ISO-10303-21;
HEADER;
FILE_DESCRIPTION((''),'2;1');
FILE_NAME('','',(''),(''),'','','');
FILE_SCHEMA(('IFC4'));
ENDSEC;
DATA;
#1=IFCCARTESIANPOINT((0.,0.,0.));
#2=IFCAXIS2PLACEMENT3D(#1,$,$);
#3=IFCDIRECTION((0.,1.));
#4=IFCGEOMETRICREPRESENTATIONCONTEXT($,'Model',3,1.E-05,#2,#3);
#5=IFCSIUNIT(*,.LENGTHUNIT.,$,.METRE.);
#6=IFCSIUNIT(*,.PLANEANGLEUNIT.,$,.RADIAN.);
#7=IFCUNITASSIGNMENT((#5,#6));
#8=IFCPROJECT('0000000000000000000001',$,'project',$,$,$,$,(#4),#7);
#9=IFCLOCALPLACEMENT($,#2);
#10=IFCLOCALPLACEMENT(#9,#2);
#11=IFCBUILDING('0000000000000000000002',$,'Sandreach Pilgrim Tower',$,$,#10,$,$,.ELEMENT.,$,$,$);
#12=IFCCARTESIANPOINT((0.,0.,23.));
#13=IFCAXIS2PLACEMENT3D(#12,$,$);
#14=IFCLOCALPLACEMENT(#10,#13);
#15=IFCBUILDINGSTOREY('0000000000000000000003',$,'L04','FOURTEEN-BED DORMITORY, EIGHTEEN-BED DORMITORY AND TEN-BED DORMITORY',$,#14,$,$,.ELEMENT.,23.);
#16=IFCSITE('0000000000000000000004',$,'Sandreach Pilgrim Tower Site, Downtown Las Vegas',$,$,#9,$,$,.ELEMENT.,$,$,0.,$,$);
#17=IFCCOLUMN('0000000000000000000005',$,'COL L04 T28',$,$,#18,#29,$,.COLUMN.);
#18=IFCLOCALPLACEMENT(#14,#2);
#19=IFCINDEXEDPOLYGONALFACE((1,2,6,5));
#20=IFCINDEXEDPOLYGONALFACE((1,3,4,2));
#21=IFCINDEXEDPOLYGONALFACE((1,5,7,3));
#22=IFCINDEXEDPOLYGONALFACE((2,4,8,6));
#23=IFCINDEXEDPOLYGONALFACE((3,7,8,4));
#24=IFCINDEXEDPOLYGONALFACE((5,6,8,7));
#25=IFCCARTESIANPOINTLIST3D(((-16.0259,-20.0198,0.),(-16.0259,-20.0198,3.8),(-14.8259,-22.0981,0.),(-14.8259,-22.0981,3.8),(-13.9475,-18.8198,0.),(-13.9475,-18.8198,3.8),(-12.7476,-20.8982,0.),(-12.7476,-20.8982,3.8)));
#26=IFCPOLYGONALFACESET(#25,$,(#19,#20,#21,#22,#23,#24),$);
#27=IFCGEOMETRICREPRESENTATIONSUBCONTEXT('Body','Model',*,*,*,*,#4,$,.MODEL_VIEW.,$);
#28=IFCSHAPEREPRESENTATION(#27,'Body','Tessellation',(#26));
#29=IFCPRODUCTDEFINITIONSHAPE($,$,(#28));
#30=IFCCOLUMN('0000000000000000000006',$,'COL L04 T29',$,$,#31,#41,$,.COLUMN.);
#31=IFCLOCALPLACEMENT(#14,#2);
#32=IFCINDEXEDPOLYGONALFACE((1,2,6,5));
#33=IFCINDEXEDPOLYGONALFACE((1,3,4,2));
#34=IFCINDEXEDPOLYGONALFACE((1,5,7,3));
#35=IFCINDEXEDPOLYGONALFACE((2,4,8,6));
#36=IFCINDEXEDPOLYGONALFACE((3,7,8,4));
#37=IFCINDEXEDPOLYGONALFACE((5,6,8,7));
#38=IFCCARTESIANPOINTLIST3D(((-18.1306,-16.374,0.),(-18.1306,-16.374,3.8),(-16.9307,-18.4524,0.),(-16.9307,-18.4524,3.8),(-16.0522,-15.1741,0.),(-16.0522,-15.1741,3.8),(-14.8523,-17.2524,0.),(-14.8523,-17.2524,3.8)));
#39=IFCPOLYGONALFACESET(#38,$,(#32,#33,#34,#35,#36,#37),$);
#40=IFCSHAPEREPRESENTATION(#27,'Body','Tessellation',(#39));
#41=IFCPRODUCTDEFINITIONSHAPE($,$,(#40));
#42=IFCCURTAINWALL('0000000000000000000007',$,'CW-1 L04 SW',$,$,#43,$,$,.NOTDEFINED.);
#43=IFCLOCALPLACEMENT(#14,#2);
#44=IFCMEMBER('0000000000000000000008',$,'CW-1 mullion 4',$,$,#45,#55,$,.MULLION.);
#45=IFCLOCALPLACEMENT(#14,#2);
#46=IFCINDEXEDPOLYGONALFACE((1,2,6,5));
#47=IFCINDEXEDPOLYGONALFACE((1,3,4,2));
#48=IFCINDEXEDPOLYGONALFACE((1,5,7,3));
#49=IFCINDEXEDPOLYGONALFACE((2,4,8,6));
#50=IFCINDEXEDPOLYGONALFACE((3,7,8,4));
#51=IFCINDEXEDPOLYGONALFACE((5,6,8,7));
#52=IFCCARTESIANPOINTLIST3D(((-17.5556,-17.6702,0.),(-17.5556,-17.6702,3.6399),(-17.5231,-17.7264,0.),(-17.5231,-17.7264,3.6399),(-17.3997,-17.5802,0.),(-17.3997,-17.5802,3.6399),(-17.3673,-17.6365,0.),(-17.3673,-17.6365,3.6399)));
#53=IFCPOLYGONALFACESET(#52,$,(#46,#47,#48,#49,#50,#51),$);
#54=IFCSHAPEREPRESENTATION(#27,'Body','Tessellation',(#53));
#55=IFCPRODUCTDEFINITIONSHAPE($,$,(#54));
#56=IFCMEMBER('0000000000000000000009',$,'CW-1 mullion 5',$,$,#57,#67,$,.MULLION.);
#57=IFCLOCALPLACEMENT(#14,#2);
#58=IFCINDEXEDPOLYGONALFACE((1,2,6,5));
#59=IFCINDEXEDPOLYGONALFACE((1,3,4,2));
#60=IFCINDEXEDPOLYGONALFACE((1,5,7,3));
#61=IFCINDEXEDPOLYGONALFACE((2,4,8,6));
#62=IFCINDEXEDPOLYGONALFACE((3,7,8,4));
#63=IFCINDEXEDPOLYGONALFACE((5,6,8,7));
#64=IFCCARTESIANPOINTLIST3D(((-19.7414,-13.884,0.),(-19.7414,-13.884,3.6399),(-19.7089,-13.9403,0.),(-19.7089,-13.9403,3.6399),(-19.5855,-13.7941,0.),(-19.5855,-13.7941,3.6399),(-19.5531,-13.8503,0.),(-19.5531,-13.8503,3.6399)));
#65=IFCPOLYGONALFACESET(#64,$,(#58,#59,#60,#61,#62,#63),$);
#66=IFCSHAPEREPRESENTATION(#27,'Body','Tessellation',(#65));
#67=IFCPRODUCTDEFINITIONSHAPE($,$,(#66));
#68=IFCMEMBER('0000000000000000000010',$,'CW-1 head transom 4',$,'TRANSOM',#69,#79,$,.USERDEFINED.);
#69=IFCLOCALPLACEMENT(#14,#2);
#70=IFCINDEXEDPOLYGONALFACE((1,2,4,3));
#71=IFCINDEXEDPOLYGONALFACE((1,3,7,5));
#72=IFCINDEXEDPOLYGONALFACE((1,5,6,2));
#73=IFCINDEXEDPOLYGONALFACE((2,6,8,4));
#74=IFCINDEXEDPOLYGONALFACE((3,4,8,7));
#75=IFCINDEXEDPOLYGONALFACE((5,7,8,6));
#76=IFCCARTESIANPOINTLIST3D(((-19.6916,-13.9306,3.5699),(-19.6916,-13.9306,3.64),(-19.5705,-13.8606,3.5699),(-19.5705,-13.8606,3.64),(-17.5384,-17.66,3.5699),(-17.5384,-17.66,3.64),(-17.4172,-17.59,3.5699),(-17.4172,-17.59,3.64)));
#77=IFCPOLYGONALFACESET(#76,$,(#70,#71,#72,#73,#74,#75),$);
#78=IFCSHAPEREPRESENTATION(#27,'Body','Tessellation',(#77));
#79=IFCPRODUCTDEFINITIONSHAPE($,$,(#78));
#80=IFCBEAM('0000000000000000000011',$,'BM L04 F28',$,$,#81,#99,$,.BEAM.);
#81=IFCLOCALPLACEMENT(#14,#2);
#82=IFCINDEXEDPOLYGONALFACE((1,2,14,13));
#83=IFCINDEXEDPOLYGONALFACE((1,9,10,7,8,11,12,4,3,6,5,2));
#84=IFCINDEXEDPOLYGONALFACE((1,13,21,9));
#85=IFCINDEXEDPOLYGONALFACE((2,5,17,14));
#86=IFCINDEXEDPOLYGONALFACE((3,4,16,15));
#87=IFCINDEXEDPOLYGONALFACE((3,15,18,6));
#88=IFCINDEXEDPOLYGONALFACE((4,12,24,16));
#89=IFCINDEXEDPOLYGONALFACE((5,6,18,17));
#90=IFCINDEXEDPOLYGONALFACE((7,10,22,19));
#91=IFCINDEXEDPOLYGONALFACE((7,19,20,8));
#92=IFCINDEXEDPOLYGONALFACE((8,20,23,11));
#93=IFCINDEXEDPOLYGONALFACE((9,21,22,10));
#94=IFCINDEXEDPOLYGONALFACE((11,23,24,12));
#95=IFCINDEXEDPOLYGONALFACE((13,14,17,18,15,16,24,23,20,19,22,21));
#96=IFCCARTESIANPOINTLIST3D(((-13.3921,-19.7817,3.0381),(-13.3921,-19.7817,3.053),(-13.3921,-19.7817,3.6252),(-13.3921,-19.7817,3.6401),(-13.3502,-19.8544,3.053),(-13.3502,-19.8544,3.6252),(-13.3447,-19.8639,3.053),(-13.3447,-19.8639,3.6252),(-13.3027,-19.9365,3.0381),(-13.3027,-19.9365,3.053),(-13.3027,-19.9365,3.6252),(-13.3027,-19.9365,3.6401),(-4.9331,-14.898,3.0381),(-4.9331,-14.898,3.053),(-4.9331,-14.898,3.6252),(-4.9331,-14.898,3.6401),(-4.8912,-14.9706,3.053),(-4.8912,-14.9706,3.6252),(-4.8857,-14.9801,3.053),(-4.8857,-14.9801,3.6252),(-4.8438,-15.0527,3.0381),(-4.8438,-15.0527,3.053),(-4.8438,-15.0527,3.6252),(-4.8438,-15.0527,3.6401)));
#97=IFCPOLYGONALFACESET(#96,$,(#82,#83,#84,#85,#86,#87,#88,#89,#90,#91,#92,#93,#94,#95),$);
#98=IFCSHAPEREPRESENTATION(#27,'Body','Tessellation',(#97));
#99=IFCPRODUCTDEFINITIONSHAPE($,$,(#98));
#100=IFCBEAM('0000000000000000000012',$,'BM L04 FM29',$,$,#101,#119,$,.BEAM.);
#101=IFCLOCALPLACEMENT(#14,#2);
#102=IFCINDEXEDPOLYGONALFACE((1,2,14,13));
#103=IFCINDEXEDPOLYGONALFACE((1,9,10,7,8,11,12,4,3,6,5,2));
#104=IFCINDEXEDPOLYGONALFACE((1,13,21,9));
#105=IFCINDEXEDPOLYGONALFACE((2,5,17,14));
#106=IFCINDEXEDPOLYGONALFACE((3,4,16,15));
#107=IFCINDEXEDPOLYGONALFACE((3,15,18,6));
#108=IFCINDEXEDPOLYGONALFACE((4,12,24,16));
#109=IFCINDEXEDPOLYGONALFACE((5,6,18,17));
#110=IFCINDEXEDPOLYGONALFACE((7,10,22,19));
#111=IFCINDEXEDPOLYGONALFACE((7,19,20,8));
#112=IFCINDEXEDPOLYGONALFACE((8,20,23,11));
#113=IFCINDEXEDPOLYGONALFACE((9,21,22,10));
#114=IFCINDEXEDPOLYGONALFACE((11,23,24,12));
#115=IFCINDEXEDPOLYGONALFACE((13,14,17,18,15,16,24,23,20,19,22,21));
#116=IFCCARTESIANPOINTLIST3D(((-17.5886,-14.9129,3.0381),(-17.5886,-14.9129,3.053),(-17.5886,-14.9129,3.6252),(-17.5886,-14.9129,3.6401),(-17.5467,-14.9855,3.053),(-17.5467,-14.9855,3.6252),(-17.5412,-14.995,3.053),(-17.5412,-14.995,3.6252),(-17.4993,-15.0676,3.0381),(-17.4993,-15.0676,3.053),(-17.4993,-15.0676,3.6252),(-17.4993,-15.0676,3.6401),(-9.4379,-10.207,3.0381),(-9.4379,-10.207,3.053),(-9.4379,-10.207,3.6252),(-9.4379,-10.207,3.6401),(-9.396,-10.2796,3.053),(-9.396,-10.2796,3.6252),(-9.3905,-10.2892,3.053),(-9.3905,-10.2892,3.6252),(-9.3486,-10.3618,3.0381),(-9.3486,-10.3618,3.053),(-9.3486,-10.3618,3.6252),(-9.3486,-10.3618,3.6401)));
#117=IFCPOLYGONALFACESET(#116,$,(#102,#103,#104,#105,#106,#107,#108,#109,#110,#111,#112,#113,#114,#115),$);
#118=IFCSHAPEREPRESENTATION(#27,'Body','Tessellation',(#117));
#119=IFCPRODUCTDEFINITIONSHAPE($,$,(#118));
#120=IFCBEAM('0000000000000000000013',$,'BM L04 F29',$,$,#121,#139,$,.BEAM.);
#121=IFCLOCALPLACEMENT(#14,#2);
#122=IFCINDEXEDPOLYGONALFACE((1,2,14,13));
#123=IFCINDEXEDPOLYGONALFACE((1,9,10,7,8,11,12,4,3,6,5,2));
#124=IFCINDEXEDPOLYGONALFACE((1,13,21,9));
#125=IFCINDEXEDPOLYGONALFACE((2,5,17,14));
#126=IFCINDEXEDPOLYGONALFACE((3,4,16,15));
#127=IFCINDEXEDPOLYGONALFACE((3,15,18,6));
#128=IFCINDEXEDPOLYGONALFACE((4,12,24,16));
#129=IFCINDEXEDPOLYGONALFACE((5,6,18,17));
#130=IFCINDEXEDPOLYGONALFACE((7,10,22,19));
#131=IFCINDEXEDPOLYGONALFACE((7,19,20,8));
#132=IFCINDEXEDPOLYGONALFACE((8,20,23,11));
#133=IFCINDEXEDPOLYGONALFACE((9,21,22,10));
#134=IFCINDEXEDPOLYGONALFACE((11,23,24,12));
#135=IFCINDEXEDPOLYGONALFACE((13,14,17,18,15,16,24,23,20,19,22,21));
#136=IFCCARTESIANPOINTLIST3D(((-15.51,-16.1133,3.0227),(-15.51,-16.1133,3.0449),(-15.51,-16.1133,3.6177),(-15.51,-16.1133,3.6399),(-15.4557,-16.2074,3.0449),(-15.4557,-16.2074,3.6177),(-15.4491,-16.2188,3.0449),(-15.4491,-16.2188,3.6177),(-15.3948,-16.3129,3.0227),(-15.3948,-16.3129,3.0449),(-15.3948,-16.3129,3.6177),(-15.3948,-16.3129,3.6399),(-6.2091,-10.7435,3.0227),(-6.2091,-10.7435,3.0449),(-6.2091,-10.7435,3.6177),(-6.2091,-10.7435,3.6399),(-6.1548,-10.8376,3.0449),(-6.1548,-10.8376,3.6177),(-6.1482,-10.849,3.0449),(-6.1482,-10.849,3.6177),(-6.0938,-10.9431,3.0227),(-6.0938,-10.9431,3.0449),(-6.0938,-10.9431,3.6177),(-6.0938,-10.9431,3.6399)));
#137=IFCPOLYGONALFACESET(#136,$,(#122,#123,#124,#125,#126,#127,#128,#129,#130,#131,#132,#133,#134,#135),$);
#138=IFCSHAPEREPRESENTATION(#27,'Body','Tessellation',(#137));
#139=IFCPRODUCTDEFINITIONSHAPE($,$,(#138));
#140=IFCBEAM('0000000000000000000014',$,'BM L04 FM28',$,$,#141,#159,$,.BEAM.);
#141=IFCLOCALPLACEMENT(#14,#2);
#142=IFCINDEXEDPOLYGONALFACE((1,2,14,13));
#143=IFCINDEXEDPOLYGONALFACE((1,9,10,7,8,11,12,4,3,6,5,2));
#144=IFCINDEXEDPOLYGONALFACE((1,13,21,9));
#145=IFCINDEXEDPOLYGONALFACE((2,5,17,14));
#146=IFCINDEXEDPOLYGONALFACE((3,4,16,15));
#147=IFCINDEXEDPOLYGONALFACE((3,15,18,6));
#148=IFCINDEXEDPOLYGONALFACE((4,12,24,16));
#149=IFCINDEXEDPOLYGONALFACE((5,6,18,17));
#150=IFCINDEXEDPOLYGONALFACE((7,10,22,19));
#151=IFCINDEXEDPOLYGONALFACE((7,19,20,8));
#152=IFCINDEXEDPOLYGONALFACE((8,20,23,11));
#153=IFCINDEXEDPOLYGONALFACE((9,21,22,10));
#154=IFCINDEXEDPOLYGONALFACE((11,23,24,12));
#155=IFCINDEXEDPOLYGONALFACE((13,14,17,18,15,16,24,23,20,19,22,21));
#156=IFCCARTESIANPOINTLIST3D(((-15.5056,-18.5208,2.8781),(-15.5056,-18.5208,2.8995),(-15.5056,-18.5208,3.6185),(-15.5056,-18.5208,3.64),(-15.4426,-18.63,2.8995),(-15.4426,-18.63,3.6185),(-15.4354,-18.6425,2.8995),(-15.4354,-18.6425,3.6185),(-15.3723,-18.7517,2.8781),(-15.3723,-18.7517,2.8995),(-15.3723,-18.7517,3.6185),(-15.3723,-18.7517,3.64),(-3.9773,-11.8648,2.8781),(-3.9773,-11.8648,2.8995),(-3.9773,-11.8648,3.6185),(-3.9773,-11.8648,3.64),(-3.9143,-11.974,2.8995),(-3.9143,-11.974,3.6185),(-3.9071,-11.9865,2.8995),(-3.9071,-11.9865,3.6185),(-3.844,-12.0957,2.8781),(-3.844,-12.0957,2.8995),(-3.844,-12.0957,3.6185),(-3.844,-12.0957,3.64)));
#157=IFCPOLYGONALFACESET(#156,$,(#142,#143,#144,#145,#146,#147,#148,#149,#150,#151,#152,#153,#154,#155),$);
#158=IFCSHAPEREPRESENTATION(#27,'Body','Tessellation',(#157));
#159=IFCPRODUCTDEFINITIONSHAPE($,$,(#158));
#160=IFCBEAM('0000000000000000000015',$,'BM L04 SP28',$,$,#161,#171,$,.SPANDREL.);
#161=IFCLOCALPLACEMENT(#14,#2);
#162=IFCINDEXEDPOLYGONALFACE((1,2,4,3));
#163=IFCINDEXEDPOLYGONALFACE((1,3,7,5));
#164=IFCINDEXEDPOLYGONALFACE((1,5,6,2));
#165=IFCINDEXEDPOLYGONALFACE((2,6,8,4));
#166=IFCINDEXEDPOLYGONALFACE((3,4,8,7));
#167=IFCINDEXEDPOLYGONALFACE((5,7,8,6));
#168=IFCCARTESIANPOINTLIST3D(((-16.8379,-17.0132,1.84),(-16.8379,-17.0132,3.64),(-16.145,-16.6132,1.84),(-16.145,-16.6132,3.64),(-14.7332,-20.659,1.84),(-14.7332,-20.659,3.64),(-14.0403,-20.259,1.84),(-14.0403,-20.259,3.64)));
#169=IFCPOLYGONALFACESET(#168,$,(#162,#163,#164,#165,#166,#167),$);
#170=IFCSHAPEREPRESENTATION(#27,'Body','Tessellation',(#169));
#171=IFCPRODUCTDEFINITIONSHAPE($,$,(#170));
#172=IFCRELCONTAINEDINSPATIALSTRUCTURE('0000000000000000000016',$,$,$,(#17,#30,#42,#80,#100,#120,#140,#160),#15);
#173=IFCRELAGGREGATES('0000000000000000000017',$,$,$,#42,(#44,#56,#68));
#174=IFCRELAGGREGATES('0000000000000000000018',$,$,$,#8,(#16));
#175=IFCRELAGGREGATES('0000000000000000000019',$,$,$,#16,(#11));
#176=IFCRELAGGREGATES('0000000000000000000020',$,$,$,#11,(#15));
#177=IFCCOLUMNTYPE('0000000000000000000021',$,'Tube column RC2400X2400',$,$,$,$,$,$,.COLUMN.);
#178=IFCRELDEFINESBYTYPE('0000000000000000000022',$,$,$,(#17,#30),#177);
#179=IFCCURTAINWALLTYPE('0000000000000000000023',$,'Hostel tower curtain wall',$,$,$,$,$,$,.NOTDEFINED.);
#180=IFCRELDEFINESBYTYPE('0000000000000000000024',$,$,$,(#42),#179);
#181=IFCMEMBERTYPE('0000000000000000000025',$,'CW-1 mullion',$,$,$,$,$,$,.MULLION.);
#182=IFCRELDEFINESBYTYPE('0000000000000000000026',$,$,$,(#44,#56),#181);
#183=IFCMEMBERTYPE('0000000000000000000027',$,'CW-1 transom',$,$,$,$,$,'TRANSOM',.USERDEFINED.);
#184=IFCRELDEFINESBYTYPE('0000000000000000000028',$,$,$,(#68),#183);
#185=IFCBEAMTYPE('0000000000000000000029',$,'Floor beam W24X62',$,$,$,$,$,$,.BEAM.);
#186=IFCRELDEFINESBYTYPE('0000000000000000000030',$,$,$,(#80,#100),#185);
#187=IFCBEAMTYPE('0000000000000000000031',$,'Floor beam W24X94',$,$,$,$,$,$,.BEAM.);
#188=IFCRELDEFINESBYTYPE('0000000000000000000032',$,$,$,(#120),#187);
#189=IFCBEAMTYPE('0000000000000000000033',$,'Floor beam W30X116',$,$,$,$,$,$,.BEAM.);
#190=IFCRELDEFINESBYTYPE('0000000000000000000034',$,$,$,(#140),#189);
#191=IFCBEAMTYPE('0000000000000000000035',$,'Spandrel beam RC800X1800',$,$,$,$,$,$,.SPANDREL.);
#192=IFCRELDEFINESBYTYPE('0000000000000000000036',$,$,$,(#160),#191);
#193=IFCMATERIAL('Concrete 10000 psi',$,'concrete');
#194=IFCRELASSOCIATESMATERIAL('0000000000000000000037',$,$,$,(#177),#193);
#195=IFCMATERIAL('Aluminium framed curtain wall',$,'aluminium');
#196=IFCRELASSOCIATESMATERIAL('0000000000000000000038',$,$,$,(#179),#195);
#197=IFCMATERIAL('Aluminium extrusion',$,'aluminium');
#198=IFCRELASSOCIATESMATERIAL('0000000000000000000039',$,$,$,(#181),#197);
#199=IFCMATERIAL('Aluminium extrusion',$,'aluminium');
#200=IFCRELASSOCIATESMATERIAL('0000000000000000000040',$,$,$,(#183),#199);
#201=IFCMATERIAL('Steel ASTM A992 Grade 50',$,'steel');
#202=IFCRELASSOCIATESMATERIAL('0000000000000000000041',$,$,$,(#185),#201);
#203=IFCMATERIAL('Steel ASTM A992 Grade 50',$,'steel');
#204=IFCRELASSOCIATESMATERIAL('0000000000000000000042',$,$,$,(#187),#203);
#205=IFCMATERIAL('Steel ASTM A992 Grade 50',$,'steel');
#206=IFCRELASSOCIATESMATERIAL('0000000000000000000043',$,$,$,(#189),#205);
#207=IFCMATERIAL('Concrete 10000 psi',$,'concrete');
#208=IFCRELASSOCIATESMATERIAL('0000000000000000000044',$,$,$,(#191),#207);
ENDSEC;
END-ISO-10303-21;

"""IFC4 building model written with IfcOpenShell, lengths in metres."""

from ifc_helpers import new_model, si_unit, direction, frame, origin, origin_2d, place, context, subcontext, project, spatial, rectangle, i_section, extrude, material, material_profile, profile_set, type_object, element, aggregate, save


model = new_model("IFC4")

# Units and contexts
model_context = context("Model", 3, precision=1e-05, world=origin(), true_north=direction((0.0, 1.0)))
body_context = subcontext(model_context, "Body", "Model", "MODEL_VIEW")
ifc_project = project(units=[si_unit("LENGTHUNIT", "METRE"), si_unit("PLANEANGLEUNIT", "RADIAN")], contexts=[model_context])

# Site, building, storey
site_placement = place(None, origin())
site = spatial("IfcSite", under=ifc_project, at=site_placement, Name="Sandreach Pilgrim Tower Site, Downtown Las Vegas", CompositionType="ELEMENT", RefElevation=0.0)
building_placement = place(site_placement, origin())
building = spatial("IfcBuilding", under=site, at=building_placement, Name="Sandreach Pilgrim Tower", CompositionType="ELEMENT")
storey_placement = place(building_placement, frame((0.0, 0.0, 23.0)))
storey = spatial("IfcBuildingStorey", under=building, at=storey_placement, Name="L04", Description="FOURTEEN-BED DORMITORY, EIGHTEEN-BED DORMITORY AND TEN-BED DORMITORY", CompositionType="ELEMENT", Elevation=23.0)

# Columns
ifc_material_1 = material(Name="Concrete 10000 psi", Category="concrete")
ifc_material_profile_1 = material_profile(ifc_material_1, rectangle(XDim=2.3999, YDim=2.3999, at=origin_2d()), Name="RC2400X2400")
ifc_profile_set_1 = profile_set([ifc_material_profile_1], Name="Concrete 10000 psi")
column_type = type_object("IfcColumnType", Name="Tube column RC2400X2400", PredefinedType="COLUMN", material=ifc_profile_set_1)
for number, where, z_axis, x_axis, name in (
    (1, (-14.3867, -20.459, 0.0), (0.0, 0.0, 1.0), (-0.866025, -0.5, 0.0), "COL L04 T28"),
    (2, (-16.4915, -16.8132, 0.0), (0.0, 0.0, 1.0), (-0.866025, -0.5, 0.0), "COL L04 T29"),
):
    element("IfcColumn", number, at=place(storey_placement, frame(where, z_axis=z_axis, x_axis=x_axis)), inside=storey, type_object=column_type, Name=name, PredefinedType="COLUMN", context=body_context, shape_type="SweptSolid", body=[
        extrude(rectangle(XDim=2.3999, YDim=2.3999, at=origin_2d()), origin(), (0.0, 0.0, 1.0), 3.8),
    ])

# Curtain wall, members
ifc_material_2 = material(Name="Aluminium framed curtain wall", Category="aluminium")
curtain_wall_type = type_object("IfcCurtainWallType", Name="Hostel tower curtain wall", PredefinedType="NOTDEFINED", material=ifc_material_2)
curtain_wall_placement = place(storey_placement, origin())
curtain_wall = element("IfcCurtainWall", 3, at=curtain_wall_placement, inside=storey, type_object=curtain_wall_type, Name="CW-1 L04 SW", PredefinedType="NOTDEFINED")
ifc_material_3 = material(Name="Aluminium extrusion", Category="aluminium")
ifc_material_profile_2 = material_profile(ifc_material_3, rectangle(XDim=0.0649, YDim=0.1799, at=origin_2d()), Name="CW-1M 65X180")
ifc_profile_set_2 = profile_set([ifc_material_profile_2], Name="Aluminium extrusion")
member_type_1 = type_object("IfcMemberType", Name="CW-1 mullion", PredefinedType="MULLION", material=ifc_profile_set_2)
member_1_placement = place(storey_placement, frame((-17.4614, -17.6533, 0.0), z_axis=(0.0, 0.0, 1.0), x_axis=(-0.5, 0.866025, 0.0)))
member_1 = element("IfcMember", 4, at=member_1_placement, type_object=member_type_1, Name="CW-1 mullion 4", PredefinedType="MULLION", context=body_context, shape_type="SweptSolid", body=[
    extrude(rectangle(XDim=0.0649, YDim=0.1799, at=origin_2d()), origin(), (0.0, 0.0, 1.0), 3.6399),
])
member_2_placement = place(storey_placement, frame((-19.6472, -13.8672, 0.0), z_axis=(0.0, 0.0, 1.0), x_axis=(-0.5, 0.866025, 0.0)))
member_2 = element("IfcMember", 5, at=member_2_placement, type_object=member_type_1, Name="CW-1 mullion 5", PredefinedType="MULLION", context=body_context, shape_type="SweptSolid", body=[
    extrude(rectangle(XDim=0.0649, YDim=0.1799, at=origin_2d()), origin(), (0.0, 0.0, 1.0), 3.6399),
])
ifc_material_4 = material(Name="Aluminium extrusion", Category="aluminium")
ifc_material_profile_3 = material_profile(ifc_material_4, rectangle(XDim=0.1399, YDim=0.0701, at=origin_2d()), Name="CW-1T 140X70")
ifc_profile_set_3 = profile_set([ifc_material_profile_3], Name="Aluminium extrusion")
member_type_2 = type_object("IfcMemberType", Name="CW-1 transom", ElementType="TRANSOM", PredefinedType="USERDEFINED", material=ifc_profile_set_3)
member_3_placement = place(storey_placement, frame((-17.4778, -17.625, 3.605), z_axis=(-0.500017, 0.866016, 0.0), x_axis=(-0.866016, -0.500017, 0.0)))
member_3 = element("IfcMember", 6, at=member_3_placement, type_object=member_type_2, Name="CW-1 head transom 4", ObjectType="TRANSOM", PredefinedType="USERDEFINED", context=body_context, shape_type="SweptSolid", body=[
    extrude(rectangle(XDim=0.1399, YDim=0.0701, at=origin_2d()), origin(), (0.0, 0.0, 1.0), 4.3064),
])

# Beams
ifc_material_5 = material(Name="Steel ASTM A992 Grade 50", Category="steel")
ifc_material_profile_4 = material_profile(ifc_material_5, i_section(OverallWidth=0.1787, OverallDepth=0.6021, WebThickness=0.011, FlangeThickness=0.0149, at=origin_2d()), Name="W24X62")
ifc_profile_set_4 = profile_set([ifc_material_profile_4], Name="Steel ASTM A992 Grade 50")
beam_type_1 = type_object("IfcBeamType", Name="Floor beam W24X62", PredefinedType="BEAM", material=ifc_profile_set_4)
beam_1_placement = place(storey_placement, frame((-13.3474, -19.8591, 3.3391), z_axis=(0.866026, 0.499999, 0.0), x_axis=(-0.499999, 0.866026, 0.0)))
element("IfcBeam", 7, at=beam_1_placement, inside=storey, type_object=beam_type_1, Name="BM L04 F28", PredefinedType="BEAM", context=body_context, shape_type="SweptSolid", body=[
    extrude(i_section(OverallWidth=0.1787, OverallDepth=0.6021, WebThickness=0.011, FlangeThickness=0.0149, at=origin_2d()), origin(), (0.0, 0.0, 1.0), 9.7676),
])
beam_2_placement = place(storey_placement, frame((-17.5439, -14.9902, 3.3391), z_axis=(0.866024, 0.500003, 0.0), x_axis=(-0.500003, 0.866024, 0.0)))
element("IfcBeam", 8, at=beam_2_placement, inside=storey, type_object=beam_type_1, Name="BM L04 FM29", PredefinedType="BEAM", context=body_context, shape_type="SweptSolid", body=[
    extrude(i_section(OverallWidth=0.1787, OverallDepth=0.6021, WebThickness=0.011, FlangeThickness=0.0149, at=origin_2d()), origin(), (0.0, 0.0, 1.0), 9.4116),
])
ifc_material_6 = material(Name="Steel ASTM A992 Grade 50", Category="steel")
ifc_material_profile_5 = material_profile(ifc_material_6, i_section(OverallWidth=0.2305, OverallDepth=0.6172, WebThickness=0.0132, FlangeThickness=0.0222, at=origin_2d()), Name="W24X94")
ifc_profile_set_5 = profile_set([ifc_material_profile_5], Name="Steel ASTM A992 Grade 50")
beam_type_2 = type_object("IfcBeamType", Name="Floor beam W24X94", PredefinedType="BEAM", material=ifc_profile_set_5)
beam_3_placement = place(storey_placement, frame((-15.4524, -16.2131, 3.3313), z_axis=(0.866028, 0.499995, 0.0), x_axis=(-0.499995, 0.866028, 0.0)))
element("IfcBeam", 9, at=beam_3_placement, inside=storey, type_object=beam_type_2, Name="BM L04 F29", PredefinedType="BEAM", context=body_context, shape_type="SweptSolid", body=[
    extrude(i_section(OverallWidth=0.2305, OverallDepth=0.6172, WebThickness=0.0132, FlangeThickness=0.0222, at=origin_2d()), origin(), (0.0, 0.0, 1.0), 10.7397),
])
ifc_material_7 = material(Name="Steel ASTM A992 Grade 50", Category="steel")
ifc_material_profile_6 = material_profile(ifc_material_7, i_section(OverallWidth=0.2666, OverallDepth=0.762, WebThickness=0.0144, FlangeThickness=0.0215, at=origin_2d()), Name="W30X116")
ifc_profile_set_6 = profile_set([ifc_material_profile_6], Name="Steel ASTM A992 Grade 50")
beam_type_3 = type_object("IfcBeamType", Name="Floor beam W30X116", PredefinedType="BEAM", material=ifc_profile_set_6)
beam_4_placement = place(storey_placement, frame((-15.439, -18.6362, 3.259), z_axis=(0.866021, 0.500007, 0.0), x_axis=(-0.500007, 0.866021, 0.0)))
element("IfcBeam", 10, at=beam_4_placement, inside=storey, type_object=beam_type_3, Name="BM L04 FM28", PredefinedType="BEAM", context=body_context, shape_type="SweptSolid", body=[
    extrude(i_section(OverallWidth=0.2666, OverallDepth=0.762, WebThickness=0.0144, FlangeThickness=0.0215, at=origin_2d()), origin(), (0.0, 0.0, 1.0), 13.3118),
])
ifc_material_8 = material(Name="Concrete 10000 psi", Category="concrete")
ifc_material_profile_7 = material_profile(ifc_material_8, rectangle(XDim=0.8, YDim=1.8, at=origin_2d()), Name="RC800X1800")
ifc_profile_set_7 = profile_set([ifc_material_profile_7], Name="Concrete 10000 psi")
beam_type_4 = type_object("IfcBeamType", Name="Spandrel beam RC800X1800", PredefinedType="SPANDREL", material=ifc_profile_set_7)
beam_5_placement = place(storey_placement, frame((-14.3867, -20.459, 2.74), z_axis=(-0.499975, 0.86604, 0.0), x_axis=(-0.86604, -0.499975, 0.0)))
element("IfcBeam", 11, at=beam_5_placement, inside=storey, type_object=beam_type_4, Name="BM L04 SP28", PredefinedType="SPANDREL", context=body_context, shape_type="SweptSolid", body=[
    extrude(rectangle(XDim=0.8, YDim=1.8, at=origin_2d()), origin(), (0.0, 0.0, 1.0), 4.2097),
])

aggregate(curtain_wall, [member_1, member_2, member_3])

save(model, "model.ifc")
